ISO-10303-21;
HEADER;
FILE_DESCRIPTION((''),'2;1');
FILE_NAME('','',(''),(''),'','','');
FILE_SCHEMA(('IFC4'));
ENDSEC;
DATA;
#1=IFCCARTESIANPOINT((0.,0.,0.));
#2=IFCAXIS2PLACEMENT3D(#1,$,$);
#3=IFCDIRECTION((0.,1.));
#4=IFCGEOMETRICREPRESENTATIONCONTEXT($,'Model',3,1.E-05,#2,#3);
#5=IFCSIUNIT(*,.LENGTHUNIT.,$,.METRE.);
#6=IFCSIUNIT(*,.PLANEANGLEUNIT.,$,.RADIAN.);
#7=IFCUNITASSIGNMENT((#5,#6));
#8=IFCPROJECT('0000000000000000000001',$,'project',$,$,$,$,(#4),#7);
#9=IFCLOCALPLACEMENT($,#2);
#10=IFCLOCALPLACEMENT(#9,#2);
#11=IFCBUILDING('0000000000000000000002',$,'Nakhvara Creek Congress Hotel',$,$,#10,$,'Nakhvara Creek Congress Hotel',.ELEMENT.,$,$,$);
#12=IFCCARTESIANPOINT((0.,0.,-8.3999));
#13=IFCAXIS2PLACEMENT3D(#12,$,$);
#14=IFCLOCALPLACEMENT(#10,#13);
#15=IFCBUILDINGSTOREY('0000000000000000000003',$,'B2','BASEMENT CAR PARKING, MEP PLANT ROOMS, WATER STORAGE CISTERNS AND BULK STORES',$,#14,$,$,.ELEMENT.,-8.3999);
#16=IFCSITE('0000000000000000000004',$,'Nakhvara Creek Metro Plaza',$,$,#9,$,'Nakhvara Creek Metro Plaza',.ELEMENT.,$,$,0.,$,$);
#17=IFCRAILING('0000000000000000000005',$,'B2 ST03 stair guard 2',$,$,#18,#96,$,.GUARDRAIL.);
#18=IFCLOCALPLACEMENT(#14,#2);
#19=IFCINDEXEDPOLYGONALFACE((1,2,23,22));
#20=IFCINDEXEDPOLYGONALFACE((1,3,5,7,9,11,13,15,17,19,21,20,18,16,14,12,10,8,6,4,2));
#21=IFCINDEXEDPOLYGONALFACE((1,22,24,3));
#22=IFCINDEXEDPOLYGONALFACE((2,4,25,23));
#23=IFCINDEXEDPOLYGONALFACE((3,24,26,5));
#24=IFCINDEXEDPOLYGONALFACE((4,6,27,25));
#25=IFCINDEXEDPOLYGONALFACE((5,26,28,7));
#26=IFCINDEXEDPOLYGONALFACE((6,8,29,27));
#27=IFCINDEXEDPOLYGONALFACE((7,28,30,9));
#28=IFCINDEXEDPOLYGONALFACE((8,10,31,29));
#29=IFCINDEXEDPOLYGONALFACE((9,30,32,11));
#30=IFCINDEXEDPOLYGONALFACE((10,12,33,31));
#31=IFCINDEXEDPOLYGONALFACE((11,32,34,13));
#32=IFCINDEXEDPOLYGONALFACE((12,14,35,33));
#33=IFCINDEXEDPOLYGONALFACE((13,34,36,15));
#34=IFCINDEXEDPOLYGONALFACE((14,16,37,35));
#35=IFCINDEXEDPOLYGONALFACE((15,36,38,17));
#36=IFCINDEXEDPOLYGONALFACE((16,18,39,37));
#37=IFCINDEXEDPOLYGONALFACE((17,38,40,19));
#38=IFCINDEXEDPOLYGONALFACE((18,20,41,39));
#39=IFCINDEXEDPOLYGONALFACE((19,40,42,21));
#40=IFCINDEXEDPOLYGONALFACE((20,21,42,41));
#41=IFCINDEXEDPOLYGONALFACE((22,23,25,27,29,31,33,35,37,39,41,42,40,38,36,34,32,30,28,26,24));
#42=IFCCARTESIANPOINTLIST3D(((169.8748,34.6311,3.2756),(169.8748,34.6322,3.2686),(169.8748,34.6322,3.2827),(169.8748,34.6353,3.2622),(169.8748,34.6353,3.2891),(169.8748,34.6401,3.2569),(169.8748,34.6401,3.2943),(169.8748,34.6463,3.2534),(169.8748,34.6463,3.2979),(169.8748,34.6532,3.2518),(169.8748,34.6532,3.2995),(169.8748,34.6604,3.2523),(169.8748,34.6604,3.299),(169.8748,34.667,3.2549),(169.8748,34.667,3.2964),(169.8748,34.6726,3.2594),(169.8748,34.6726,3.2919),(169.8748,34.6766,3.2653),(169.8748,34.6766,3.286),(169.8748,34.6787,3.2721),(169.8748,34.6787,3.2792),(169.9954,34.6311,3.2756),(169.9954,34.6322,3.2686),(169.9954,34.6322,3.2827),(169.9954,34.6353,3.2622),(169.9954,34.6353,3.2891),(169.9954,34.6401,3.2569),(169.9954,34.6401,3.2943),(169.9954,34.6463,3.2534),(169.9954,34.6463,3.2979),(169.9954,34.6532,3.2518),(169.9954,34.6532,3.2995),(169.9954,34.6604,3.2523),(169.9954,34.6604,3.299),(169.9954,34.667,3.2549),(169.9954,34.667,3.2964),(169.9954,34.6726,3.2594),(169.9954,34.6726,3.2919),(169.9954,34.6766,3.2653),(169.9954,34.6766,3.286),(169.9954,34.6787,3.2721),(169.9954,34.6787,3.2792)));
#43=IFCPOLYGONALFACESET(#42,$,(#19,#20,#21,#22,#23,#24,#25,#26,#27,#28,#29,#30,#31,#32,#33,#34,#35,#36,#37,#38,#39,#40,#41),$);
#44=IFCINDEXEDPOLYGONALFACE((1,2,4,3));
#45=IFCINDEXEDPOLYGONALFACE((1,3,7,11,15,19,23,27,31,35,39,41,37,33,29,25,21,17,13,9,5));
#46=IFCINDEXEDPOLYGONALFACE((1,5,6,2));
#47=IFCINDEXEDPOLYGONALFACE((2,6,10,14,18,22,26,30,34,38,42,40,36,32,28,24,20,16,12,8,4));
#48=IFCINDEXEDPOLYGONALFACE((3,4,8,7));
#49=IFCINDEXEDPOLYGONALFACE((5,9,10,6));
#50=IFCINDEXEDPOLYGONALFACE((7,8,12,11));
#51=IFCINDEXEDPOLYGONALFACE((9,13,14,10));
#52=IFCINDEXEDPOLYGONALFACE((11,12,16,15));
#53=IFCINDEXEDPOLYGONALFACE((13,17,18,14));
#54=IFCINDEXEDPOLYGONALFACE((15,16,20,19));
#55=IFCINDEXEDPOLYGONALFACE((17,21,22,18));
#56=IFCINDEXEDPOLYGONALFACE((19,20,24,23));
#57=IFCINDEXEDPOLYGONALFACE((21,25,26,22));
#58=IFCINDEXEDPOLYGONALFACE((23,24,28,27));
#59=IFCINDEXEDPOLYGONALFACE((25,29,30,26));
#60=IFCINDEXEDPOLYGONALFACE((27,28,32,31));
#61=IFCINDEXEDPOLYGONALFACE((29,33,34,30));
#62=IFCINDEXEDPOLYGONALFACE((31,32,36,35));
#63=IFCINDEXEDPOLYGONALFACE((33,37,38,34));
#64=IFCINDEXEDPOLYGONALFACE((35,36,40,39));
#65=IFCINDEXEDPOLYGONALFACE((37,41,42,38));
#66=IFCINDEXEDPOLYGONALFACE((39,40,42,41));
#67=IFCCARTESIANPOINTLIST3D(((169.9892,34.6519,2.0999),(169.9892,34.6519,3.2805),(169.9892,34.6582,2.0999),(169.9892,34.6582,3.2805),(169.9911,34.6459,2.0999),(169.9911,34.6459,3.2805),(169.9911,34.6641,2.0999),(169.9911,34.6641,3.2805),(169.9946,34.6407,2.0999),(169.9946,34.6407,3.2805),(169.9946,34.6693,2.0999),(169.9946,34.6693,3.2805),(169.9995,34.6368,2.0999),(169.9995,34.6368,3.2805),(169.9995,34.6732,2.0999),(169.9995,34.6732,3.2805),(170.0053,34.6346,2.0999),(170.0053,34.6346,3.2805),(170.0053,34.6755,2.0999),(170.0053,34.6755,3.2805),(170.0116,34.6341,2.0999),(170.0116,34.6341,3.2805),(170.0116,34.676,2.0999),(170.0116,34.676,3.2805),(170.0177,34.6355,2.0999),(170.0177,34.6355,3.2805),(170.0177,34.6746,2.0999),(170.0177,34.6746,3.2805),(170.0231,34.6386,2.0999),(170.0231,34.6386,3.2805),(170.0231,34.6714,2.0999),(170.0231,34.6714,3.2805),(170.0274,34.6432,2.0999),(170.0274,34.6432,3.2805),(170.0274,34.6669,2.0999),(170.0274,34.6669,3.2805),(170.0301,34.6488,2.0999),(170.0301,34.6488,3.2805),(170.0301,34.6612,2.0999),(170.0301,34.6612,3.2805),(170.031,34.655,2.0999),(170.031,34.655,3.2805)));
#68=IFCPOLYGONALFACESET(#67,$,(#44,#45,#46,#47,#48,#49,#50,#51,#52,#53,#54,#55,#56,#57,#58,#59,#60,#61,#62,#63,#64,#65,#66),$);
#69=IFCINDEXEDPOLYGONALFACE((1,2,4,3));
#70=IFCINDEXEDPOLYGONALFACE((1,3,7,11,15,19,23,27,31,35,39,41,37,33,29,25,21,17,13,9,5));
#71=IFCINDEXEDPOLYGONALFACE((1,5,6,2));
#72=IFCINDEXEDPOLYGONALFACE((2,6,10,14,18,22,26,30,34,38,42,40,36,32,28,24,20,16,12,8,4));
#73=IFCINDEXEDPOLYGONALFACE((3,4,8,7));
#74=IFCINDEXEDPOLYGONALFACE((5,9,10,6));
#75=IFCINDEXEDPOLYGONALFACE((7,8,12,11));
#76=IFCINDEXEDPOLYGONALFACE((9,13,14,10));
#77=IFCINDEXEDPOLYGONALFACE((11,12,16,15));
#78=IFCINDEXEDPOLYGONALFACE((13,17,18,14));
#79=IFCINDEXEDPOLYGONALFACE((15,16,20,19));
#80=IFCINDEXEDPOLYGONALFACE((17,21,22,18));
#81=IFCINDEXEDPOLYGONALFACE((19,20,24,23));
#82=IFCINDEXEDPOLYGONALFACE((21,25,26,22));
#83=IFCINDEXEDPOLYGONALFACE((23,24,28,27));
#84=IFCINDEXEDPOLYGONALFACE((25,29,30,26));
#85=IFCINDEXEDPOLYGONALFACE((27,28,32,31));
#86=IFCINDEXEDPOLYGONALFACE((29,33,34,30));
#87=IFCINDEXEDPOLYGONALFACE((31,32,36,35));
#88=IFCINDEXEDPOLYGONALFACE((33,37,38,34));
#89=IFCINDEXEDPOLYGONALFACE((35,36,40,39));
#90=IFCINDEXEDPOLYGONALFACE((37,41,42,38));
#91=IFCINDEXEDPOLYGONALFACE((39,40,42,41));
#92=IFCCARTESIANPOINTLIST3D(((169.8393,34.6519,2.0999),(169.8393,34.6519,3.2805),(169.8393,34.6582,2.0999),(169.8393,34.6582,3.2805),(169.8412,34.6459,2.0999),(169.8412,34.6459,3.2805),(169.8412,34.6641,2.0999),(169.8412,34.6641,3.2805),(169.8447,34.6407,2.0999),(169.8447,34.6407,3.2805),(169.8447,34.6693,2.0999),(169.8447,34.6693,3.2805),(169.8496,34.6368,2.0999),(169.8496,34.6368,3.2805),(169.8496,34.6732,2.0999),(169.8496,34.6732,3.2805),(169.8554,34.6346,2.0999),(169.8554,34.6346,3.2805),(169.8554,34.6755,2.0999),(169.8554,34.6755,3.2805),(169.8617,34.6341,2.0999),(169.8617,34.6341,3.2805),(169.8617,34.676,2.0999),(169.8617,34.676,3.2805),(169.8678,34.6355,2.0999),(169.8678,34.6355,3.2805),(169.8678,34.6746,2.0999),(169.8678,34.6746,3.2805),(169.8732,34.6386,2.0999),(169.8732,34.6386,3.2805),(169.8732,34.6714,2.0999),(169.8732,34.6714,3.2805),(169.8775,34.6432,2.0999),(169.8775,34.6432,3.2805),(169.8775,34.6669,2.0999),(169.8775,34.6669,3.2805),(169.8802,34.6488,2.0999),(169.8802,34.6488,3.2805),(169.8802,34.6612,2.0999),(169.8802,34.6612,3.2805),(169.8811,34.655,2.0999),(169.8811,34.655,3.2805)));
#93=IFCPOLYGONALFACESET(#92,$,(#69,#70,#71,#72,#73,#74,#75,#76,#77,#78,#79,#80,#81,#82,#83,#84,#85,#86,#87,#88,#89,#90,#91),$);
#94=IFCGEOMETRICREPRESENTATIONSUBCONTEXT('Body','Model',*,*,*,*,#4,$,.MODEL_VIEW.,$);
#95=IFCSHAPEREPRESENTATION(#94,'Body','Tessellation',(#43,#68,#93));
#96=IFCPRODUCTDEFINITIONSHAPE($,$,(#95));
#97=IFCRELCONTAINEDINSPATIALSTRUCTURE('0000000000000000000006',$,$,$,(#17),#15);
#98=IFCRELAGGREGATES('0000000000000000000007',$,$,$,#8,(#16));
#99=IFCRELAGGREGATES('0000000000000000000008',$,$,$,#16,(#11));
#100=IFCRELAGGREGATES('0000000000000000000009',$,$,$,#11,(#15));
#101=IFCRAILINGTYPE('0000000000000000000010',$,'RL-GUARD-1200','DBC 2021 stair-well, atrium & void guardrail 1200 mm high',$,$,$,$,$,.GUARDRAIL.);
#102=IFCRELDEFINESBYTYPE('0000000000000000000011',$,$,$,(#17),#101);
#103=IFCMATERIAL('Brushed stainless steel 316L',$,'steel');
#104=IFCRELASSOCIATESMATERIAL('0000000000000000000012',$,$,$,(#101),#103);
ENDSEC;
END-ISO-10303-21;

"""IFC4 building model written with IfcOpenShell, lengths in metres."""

from ifc_helpers import new_model, si_unit, direction, frame, origin, origin_2d, place, context, subcontext, project, spatial, circle, extrude, material, type_object, element, save


model = new_model("IFC4")

# Units and contexts
model_context = context("Model", 3, precision=1e-05, world=origin(), true_north=direction((0.0, 1.0)))
body_context = subcontext(model_context, "Body", "Model", "MODEL_VIEW")
ifc_project = project(units=[si_unit("LENGTHUNIT", "METRE"), si_unit("PLANEANGLEUNIT", "RADIAN")], contexts=[model_context])

# Site, building, storey
site_placement = place(None, origin())
site = spatial("IfcSite", under=ifc_project, at=site_placement, Name="Nakhvara Creek Metro Plaza", LongName="Nakhvara Creek Metro Plaza", CompositionType="ELEMENT", RefElevation=0.0)
building_placement = place(site_placement, origin())
building = spatial("IfcBuilding", under=site, at=building_placement, Name="Nakhvara Creek Congress Hotel", LongName="Nakhvara Creek Congress Hotel", CompositionType="ELEMENT")
storey_placement = place(building_placement, frame((0.0, 0.0, -8.3999)))
storey = spatial("IfcBuildingStorey", under=building, at=storey_placement, Name="B2", Description="BASEMENT CAR PARKING, MEP PLANT ROOMS, WATER STORAGE CISTERNS AND BULK STORES", CompositionType="ELEMENT", Elevation=-8.3999)

# Railing
ifc_material_1 = material(Name="Brushed stainless steel 316L", Category="steel")
railing_type_1 = type_object("IfcRailingType", Name="RL-GUARD-1200", Description="DBC 2021 stair-well, atrium & void guardrail 1200 mm high", PredefinedType="GUARDRAIL", material=ifc_material_1)
railing_1_placement = place(storey_placement, frame((170.01, 34.655, 2.0999)))
element("IfcRailing", 1, at=railing_1_placement, inside=storey, type_object=railing_type_1, Name="B2 ST03 stair guard 2", PredefinedType="GUARDRAIL", context=body_context, shape_type="SweptSolid", body=[
    extrude(circle(Radius=0.0239, at=origin_2d()), frame((-0.0146, 0.0, 1.1758), z_axis=(-1.0, 0.0, 0.0), x_axis=(0.0, -1.0, 0.0)), (0.0, 0.0, 1.0), 0.1206),
    extrude(circle(Radius=0.021, at=origin_2d()), origin(), (0.0, 0.0, 1.0), 1.1807),
    extrude(circle(Radius=0.021, at=origin_2d()), frame((-0.1499, 0.0, 0.0)), (0.0, 0.0, 1.0), 1.1807),
])

save(model, "model.ifc")
